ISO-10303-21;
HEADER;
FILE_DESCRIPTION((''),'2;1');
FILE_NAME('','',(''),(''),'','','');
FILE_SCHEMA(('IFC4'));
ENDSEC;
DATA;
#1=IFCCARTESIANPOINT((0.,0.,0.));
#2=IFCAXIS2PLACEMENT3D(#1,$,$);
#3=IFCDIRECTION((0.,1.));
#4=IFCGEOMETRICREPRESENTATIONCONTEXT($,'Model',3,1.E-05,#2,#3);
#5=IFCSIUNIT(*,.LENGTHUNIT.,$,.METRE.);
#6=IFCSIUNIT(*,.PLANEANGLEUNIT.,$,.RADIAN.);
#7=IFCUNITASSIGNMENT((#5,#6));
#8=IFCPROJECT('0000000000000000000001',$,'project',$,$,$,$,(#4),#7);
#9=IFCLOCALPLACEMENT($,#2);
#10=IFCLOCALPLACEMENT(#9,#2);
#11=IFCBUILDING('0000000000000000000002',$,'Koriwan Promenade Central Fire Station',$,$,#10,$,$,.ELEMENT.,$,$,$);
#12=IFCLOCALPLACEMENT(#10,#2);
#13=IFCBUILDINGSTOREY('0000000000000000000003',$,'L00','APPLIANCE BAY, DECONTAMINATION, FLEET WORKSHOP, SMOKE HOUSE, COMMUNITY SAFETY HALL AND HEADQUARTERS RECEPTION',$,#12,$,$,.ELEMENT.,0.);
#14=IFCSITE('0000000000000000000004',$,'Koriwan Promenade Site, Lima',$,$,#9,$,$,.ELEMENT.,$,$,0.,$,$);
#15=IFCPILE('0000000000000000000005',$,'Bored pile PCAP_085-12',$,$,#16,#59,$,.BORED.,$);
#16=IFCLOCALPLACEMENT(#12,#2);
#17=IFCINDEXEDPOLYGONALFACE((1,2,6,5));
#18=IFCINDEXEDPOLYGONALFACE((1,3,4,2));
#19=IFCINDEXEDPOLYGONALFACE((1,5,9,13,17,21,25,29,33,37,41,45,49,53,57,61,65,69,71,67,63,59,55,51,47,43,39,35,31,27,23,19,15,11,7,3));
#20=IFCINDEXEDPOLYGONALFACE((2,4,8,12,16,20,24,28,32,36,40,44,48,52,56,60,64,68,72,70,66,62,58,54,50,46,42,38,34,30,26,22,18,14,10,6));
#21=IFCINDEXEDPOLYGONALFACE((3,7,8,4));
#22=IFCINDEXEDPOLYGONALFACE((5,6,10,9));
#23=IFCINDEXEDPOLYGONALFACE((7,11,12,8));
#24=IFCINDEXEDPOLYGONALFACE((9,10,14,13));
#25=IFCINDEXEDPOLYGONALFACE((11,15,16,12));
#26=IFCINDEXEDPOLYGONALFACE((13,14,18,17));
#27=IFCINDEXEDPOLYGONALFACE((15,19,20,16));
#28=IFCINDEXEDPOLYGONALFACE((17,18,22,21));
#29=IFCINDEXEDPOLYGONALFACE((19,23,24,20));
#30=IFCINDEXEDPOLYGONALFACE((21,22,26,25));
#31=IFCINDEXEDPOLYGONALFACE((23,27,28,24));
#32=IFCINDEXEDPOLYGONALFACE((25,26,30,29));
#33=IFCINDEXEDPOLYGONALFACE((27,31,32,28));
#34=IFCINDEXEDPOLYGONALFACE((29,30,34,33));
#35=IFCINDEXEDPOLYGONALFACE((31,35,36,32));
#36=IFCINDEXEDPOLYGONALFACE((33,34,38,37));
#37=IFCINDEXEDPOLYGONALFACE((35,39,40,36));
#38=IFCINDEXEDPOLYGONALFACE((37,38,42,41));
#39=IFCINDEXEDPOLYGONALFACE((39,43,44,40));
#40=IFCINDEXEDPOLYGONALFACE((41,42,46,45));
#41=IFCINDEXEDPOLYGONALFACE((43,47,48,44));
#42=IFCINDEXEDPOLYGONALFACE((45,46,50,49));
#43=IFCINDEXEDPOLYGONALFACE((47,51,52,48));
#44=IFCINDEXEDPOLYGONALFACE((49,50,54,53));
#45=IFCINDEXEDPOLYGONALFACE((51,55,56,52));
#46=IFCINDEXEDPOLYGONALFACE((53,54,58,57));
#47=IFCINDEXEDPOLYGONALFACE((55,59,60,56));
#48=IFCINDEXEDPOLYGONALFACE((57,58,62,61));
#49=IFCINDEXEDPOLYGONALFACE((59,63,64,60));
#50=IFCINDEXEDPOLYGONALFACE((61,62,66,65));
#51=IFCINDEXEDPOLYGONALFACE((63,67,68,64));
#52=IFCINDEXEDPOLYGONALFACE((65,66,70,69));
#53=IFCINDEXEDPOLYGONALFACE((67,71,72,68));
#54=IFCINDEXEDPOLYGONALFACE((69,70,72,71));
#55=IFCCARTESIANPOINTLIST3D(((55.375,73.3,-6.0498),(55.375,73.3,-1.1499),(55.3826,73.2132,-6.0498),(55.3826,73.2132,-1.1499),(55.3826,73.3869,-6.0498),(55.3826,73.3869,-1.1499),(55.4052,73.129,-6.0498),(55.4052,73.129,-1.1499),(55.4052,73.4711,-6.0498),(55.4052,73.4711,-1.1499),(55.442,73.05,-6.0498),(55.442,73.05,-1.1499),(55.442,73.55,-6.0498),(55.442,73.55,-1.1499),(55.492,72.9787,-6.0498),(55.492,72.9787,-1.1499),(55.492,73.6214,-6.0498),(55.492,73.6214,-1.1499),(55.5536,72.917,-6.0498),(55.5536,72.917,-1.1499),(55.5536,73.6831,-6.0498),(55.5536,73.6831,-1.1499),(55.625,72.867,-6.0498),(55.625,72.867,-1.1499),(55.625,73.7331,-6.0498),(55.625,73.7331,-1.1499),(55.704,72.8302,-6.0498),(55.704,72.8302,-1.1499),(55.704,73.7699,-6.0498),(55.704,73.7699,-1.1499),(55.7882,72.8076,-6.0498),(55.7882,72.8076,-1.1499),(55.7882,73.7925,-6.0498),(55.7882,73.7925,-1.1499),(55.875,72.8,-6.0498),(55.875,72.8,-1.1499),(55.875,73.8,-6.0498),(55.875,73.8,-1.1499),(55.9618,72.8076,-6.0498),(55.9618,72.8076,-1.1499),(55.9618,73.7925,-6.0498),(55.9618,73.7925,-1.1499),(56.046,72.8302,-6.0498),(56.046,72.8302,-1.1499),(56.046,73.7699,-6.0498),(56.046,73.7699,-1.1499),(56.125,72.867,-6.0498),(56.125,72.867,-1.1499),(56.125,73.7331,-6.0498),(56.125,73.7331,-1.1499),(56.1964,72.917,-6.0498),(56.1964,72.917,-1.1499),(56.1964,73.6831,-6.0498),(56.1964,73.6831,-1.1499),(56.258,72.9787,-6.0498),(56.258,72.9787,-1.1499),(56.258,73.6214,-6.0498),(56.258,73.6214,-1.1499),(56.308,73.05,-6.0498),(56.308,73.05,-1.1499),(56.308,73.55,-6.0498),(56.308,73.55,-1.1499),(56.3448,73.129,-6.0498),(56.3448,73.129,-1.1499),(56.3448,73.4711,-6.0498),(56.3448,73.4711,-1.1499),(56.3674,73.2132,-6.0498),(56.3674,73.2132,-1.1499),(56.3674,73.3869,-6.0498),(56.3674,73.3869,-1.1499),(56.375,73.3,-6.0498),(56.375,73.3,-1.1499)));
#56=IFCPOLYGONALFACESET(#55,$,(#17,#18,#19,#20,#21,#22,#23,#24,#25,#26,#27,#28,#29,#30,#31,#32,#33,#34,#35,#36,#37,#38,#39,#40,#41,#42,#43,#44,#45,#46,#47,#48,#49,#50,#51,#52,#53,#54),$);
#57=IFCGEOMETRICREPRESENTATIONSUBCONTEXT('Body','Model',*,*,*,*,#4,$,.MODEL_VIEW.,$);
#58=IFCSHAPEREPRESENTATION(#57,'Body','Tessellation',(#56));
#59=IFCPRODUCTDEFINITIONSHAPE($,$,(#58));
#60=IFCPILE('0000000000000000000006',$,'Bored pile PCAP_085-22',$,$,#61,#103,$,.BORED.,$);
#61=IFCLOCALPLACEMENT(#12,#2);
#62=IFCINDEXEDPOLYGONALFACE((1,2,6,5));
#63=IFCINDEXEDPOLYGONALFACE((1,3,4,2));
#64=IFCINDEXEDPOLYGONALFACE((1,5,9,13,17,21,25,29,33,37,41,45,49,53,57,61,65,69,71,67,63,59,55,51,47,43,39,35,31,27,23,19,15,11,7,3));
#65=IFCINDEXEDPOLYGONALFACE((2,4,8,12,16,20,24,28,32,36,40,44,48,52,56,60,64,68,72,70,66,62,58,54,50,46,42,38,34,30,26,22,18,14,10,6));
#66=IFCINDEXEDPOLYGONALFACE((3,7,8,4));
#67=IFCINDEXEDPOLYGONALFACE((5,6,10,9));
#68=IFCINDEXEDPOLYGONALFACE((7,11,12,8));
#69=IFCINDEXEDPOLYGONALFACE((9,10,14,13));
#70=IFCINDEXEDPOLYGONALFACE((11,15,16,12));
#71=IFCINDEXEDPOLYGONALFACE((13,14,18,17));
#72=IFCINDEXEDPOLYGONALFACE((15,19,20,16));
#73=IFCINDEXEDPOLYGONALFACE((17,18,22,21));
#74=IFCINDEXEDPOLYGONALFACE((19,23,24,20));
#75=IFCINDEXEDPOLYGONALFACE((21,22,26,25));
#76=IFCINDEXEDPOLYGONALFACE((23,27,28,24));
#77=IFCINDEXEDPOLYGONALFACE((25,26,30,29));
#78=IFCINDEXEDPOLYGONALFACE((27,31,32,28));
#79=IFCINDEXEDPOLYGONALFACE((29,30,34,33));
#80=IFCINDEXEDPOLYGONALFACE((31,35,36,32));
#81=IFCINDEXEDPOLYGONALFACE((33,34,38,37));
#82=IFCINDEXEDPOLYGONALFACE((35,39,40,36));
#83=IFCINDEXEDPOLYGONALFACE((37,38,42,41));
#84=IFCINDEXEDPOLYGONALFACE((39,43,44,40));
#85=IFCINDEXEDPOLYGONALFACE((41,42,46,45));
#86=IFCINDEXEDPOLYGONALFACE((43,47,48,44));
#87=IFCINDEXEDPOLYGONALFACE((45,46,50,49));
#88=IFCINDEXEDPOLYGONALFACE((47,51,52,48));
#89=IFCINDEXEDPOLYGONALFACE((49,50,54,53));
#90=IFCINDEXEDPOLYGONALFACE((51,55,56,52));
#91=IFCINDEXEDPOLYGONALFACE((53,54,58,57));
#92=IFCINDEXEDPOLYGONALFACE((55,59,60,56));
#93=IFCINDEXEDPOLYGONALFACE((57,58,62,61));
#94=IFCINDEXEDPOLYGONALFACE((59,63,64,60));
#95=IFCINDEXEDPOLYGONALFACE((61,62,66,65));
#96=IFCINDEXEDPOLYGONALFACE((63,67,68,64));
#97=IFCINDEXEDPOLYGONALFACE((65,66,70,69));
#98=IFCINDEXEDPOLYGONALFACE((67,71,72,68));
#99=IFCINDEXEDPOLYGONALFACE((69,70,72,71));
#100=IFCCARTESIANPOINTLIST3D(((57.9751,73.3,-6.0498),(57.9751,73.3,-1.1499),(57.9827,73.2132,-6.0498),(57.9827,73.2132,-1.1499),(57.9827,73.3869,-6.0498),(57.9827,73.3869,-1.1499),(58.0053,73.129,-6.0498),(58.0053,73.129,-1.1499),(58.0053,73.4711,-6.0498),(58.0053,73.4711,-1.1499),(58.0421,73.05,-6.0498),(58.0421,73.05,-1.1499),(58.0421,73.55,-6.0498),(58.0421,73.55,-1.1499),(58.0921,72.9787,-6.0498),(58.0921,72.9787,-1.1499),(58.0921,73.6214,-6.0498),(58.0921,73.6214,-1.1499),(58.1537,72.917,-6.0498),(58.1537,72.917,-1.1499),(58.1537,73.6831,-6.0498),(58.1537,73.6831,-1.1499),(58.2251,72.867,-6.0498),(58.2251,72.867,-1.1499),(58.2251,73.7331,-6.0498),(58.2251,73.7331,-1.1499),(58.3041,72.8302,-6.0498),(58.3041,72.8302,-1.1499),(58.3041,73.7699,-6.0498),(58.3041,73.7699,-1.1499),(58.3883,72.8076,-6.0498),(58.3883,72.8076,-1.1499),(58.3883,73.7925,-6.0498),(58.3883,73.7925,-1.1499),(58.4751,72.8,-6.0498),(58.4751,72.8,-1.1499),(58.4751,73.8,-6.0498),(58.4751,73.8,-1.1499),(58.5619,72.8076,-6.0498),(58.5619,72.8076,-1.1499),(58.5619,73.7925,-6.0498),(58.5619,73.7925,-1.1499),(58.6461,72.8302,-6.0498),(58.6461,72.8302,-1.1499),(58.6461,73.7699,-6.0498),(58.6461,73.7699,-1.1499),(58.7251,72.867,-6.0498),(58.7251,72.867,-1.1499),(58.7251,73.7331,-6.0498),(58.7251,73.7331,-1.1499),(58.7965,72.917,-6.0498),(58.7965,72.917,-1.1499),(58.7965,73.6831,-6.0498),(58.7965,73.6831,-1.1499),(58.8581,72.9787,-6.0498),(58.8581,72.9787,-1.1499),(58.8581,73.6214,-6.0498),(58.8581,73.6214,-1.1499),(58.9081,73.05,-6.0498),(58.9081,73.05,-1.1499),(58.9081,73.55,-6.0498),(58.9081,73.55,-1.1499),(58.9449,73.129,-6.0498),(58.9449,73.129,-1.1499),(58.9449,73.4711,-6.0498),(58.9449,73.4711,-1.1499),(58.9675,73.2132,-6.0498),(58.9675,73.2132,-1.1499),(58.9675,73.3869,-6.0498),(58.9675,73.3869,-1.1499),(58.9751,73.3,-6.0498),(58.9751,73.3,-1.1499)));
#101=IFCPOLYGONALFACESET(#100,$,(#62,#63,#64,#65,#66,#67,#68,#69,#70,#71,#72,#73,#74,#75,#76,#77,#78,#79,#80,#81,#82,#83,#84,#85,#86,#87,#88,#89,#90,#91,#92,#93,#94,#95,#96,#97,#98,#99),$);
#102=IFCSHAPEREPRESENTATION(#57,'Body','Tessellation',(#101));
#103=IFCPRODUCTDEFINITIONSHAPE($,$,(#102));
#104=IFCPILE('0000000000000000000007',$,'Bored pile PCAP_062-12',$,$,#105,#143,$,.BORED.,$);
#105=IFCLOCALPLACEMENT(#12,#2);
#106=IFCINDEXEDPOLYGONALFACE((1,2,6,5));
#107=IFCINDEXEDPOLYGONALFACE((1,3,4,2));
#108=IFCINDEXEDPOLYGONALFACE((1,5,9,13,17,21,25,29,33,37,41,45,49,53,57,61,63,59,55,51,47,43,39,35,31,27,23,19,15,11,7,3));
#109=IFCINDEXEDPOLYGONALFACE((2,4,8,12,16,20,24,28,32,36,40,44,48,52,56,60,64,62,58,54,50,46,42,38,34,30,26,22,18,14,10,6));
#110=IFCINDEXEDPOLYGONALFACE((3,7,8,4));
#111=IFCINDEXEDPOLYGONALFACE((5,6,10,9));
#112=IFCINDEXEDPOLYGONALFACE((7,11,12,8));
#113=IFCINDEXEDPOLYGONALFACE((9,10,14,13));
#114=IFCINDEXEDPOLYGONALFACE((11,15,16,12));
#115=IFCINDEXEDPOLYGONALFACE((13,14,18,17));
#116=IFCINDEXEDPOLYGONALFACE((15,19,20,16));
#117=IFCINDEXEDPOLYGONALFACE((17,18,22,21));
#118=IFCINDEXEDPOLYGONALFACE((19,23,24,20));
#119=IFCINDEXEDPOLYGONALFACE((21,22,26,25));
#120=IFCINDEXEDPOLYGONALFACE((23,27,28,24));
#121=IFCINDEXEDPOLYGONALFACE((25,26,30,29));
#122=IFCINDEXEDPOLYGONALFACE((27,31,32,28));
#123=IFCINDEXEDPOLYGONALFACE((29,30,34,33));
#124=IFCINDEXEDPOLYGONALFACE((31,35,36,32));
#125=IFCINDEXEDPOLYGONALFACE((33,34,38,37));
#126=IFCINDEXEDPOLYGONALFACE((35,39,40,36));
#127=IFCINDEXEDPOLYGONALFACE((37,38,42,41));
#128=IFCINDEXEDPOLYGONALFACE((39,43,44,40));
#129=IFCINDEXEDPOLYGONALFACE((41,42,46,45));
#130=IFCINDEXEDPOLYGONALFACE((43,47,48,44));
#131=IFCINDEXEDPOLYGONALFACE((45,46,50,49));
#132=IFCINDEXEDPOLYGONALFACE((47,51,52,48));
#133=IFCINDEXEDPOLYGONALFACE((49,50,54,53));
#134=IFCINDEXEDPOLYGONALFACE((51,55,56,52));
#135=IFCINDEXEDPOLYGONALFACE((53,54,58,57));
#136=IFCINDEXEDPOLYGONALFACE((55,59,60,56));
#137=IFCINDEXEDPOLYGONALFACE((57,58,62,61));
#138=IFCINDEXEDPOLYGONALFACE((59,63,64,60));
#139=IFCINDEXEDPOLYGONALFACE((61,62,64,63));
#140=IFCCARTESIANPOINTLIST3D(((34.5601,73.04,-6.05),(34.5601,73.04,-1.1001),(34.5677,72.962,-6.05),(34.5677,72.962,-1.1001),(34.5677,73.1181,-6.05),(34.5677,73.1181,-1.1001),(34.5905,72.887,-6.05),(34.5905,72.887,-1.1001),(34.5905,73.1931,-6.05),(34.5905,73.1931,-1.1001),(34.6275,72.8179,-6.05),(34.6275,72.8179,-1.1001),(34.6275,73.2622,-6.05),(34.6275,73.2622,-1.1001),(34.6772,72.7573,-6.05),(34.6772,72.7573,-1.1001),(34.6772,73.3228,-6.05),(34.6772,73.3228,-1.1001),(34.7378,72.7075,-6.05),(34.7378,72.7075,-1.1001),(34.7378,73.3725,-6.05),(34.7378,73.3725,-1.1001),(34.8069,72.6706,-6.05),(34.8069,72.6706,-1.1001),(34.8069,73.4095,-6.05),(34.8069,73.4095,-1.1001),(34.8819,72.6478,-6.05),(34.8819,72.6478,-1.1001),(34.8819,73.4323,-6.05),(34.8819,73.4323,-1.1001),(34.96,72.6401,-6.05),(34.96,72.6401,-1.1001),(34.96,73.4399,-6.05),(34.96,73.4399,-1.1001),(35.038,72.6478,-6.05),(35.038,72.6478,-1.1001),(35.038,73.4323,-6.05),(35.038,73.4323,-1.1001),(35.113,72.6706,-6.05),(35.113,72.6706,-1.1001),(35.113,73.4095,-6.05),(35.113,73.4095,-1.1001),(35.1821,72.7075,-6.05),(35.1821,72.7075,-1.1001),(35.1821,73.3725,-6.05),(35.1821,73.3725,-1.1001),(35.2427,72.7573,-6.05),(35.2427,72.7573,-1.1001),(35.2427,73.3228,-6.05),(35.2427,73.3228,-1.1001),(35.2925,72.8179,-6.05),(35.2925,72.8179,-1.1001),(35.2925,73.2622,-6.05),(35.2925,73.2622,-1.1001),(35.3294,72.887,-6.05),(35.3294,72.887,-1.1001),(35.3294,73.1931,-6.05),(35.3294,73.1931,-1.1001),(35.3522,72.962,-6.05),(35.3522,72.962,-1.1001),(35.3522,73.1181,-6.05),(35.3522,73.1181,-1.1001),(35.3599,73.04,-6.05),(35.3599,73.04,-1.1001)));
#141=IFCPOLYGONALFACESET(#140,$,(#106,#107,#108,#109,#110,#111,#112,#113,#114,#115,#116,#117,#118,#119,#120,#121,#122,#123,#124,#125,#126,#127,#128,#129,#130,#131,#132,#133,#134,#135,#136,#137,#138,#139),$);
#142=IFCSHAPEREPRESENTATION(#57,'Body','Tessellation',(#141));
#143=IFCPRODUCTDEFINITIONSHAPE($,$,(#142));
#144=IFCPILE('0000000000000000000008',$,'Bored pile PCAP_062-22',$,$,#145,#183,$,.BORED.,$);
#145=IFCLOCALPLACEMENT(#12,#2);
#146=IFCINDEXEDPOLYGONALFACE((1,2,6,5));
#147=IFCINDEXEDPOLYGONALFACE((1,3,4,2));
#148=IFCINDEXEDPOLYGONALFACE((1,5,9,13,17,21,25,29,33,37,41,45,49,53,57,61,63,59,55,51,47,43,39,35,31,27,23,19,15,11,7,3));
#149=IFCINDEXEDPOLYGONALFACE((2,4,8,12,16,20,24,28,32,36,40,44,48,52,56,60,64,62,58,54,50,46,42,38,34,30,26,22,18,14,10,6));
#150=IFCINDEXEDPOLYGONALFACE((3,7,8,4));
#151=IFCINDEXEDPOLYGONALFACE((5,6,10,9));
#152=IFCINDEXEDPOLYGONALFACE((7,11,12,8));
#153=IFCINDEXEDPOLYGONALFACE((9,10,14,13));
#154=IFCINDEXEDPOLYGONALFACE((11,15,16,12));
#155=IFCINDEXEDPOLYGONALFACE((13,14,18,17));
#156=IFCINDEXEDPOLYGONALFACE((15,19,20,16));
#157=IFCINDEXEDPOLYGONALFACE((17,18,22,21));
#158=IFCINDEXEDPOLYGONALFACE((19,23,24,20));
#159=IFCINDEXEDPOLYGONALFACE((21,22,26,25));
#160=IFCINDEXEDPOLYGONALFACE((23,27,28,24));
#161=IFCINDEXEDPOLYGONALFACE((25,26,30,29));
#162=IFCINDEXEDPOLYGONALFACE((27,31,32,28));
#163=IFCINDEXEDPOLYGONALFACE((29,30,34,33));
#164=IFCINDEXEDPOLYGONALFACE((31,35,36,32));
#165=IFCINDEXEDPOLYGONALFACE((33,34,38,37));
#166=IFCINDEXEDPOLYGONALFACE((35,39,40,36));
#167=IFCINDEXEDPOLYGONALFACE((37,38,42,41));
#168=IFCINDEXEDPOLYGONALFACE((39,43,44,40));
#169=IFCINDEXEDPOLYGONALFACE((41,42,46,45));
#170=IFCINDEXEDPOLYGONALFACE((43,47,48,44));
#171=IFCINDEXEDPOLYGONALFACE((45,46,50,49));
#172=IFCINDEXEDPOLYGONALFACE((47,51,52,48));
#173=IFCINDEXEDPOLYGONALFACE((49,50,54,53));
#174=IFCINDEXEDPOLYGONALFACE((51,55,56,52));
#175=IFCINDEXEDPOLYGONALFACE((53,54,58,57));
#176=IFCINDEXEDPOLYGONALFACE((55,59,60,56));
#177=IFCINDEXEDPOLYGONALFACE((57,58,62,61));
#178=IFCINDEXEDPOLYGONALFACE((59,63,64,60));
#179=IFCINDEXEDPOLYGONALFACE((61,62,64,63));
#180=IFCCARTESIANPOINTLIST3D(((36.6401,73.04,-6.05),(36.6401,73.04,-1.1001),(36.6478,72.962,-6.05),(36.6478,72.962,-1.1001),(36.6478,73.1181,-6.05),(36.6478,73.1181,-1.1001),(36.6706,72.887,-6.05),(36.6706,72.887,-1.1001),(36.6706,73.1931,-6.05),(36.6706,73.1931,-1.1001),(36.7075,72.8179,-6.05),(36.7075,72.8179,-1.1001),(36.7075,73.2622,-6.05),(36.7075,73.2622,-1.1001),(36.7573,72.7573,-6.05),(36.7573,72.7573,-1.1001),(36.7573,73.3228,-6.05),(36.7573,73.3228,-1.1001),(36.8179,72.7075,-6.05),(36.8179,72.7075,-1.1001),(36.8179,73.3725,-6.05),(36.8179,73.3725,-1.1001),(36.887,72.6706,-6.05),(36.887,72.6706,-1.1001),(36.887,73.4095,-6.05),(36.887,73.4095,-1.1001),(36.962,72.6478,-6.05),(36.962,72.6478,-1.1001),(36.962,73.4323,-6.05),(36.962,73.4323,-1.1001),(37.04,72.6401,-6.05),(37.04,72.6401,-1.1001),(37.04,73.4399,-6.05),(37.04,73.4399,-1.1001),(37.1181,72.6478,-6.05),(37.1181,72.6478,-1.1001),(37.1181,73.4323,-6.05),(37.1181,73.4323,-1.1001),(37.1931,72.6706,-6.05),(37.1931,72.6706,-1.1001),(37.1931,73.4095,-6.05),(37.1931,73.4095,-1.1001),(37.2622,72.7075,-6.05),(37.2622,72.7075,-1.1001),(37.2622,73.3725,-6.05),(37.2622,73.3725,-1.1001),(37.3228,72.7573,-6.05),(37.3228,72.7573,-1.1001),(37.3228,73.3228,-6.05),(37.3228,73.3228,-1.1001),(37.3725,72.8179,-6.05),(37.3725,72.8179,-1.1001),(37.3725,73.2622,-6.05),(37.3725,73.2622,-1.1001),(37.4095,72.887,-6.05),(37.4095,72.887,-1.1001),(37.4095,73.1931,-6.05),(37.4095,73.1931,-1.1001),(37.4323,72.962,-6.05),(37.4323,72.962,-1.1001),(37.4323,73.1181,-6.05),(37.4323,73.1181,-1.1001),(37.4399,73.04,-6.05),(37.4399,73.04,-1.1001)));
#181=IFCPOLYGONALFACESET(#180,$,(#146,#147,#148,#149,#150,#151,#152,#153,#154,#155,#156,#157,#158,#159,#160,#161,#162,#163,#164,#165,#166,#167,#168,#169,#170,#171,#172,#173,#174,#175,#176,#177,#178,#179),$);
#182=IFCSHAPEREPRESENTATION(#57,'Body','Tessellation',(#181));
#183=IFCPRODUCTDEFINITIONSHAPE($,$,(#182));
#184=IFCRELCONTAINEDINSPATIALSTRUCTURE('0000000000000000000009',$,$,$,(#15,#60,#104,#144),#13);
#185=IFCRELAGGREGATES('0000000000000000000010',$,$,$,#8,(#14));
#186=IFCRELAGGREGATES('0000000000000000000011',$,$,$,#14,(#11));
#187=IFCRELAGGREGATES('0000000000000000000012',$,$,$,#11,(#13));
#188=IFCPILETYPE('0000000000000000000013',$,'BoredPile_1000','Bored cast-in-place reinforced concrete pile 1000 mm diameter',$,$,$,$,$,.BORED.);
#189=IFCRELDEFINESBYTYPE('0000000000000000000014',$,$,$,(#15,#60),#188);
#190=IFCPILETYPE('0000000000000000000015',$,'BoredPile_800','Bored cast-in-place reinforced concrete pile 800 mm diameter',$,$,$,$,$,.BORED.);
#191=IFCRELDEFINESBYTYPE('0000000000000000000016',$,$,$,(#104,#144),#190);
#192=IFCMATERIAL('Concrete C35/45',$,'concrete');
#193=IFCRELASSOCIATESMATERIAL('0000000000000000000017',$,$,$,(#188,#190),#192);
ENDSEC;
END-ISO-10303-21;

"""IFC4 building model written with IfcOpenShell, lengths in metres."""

from ifc_helpers import new_model, si_unit, direction, frame, origin, origin_2d, place, context, subcontext, project, spatial, circle, extrude, material, material_profile, profile_set, type_object, element, save


model = new_model("IFC4")

# Units and contexts
model_context = context("Model", 3, precision=1e-05, world=origin(), true_north=direction((0.0, 1.0)))
body_context = subcontext(model_context, "Body", "Model", "MODEL_VIEW")
ifc_project = project(units=[si_unit("LENGTHUNIT", "METRE"), si_unit("PLANEANGLEUNIT", "RADIAN")], contexts=[model_context])

# Site, building, storey
site_placement = place(None, origin())
site = spatial("IfcSite", under=ifc_project, at=site_placement, Name="Koriwan Promenade Site, Lima", CompositionType="ELEMENT", RefElevation=0.0)
building_placement = place(site_placement, origin())
building = spatial("IfcBuilding", under=site, at=building_placement, Name="Koriwan Promenade Central Fire Station", CompositionType="ELEMENT")
storey_placement = place(building_placement, origin())
storey = spatial("IfcBuildingStorey", under=building, at=storey_placement, Name="L00", Description="APPLIANCE BAY, DECONTAMINATION, FLEET WORKSHOP, SMOKE HOUSE, COMMUNITY SAFETY HALL AND HEADQUARTERS RECEPTION", CompositionType="ELEMENT", Elevation=0.0)

# Piles
ifc_material_1 = material(Name="Concrete C35/45", Category="concrete")
ifc_material_profile_1 = material_profile(ifc_material_1, circle(Radius=0.5, at=origin_2d()), Name="PILE-D1000")
ifc_profile_set_1 = profile_set([ifc_material_profile_1], Name="Concrete C35/45")
pile_type_1 = type_object("IfcPileType", Name="BoredPile_1000", Description="Bored cast-in-place reinforced concrete pile 1000 mm diameter", PredefinedType="BORED", material=ifc_profile_set_1)
for number, where, z_axis, x_axis, name in (
    (1, (55.875, 73.3, -1.1499), (0.0, 0.0, -1.0), (1.0, 0.0, 0.0), "Bored pile PCAP_085-12"),
    (2, (58.4751, 73.3, -1.1499), (0.0, 0.0, -1.0), (1.0, 0.0, 0.0), "Bored pile PCAP_085-22"),
):
    element("IfcPile", number, at=place(storey_placement, frame(where, z_axis=z_axis, x_axis=x_axis)), inside=storey, type_object=pile_type_1, Name=name, PredefinedType="BORED", context=body_context, shape_type="SweptSolid", body=[
        extrude(circle(Radius=0.5, at=origin_2d()), origin(), (0.0, 0.0, 1.0), 4.8999),
    ])
ifc_material_profile_2 = material_profile(ifc_material_1, circle(Radius=0.3999, at=origin_2d()), Name="PILE-D800")
ifc_profile_set_2 = profile_set([ifc_material_profile_2], Name="Concrete C35/45")
pile_type_2 = type_object("IfcPileType", Name="BoredPile_800", Description="Bored cast-in-place reinforced concrete pile 800 mm diameter", PredefinedType="BORED", material=ifc_profile_set_2)
for number, where, z_axis, x_axis, name in (
    (3, (34.96, 73.04, -1.1001), (0.0, 0.0, -1.0), (1.0, 0.0, 0.0), "Bored pile PCAP_062-12"),
    (4, (37.04, 73.04, -1.1001), (0.0, 0.0, -1.0), (1.0, 0.0, 0.0), "Bored pile PCAP_062-22"),
):
    element("IfcPile", number, at=place(storey_placement, frame(where, z_axis=z_axis, x_axis=x_axis)), inside=storey, type_object=pile_type_2, Name=name, PredefinedType="BORED", context=body_context, shape_type="SweptSolid", body=[
        extrude(circle(Radius=0.3999, at=origin_2d()), origin(), (0.0, 0.0, 1.0), 4.95),
    ])

save(model, "model.ifc")
